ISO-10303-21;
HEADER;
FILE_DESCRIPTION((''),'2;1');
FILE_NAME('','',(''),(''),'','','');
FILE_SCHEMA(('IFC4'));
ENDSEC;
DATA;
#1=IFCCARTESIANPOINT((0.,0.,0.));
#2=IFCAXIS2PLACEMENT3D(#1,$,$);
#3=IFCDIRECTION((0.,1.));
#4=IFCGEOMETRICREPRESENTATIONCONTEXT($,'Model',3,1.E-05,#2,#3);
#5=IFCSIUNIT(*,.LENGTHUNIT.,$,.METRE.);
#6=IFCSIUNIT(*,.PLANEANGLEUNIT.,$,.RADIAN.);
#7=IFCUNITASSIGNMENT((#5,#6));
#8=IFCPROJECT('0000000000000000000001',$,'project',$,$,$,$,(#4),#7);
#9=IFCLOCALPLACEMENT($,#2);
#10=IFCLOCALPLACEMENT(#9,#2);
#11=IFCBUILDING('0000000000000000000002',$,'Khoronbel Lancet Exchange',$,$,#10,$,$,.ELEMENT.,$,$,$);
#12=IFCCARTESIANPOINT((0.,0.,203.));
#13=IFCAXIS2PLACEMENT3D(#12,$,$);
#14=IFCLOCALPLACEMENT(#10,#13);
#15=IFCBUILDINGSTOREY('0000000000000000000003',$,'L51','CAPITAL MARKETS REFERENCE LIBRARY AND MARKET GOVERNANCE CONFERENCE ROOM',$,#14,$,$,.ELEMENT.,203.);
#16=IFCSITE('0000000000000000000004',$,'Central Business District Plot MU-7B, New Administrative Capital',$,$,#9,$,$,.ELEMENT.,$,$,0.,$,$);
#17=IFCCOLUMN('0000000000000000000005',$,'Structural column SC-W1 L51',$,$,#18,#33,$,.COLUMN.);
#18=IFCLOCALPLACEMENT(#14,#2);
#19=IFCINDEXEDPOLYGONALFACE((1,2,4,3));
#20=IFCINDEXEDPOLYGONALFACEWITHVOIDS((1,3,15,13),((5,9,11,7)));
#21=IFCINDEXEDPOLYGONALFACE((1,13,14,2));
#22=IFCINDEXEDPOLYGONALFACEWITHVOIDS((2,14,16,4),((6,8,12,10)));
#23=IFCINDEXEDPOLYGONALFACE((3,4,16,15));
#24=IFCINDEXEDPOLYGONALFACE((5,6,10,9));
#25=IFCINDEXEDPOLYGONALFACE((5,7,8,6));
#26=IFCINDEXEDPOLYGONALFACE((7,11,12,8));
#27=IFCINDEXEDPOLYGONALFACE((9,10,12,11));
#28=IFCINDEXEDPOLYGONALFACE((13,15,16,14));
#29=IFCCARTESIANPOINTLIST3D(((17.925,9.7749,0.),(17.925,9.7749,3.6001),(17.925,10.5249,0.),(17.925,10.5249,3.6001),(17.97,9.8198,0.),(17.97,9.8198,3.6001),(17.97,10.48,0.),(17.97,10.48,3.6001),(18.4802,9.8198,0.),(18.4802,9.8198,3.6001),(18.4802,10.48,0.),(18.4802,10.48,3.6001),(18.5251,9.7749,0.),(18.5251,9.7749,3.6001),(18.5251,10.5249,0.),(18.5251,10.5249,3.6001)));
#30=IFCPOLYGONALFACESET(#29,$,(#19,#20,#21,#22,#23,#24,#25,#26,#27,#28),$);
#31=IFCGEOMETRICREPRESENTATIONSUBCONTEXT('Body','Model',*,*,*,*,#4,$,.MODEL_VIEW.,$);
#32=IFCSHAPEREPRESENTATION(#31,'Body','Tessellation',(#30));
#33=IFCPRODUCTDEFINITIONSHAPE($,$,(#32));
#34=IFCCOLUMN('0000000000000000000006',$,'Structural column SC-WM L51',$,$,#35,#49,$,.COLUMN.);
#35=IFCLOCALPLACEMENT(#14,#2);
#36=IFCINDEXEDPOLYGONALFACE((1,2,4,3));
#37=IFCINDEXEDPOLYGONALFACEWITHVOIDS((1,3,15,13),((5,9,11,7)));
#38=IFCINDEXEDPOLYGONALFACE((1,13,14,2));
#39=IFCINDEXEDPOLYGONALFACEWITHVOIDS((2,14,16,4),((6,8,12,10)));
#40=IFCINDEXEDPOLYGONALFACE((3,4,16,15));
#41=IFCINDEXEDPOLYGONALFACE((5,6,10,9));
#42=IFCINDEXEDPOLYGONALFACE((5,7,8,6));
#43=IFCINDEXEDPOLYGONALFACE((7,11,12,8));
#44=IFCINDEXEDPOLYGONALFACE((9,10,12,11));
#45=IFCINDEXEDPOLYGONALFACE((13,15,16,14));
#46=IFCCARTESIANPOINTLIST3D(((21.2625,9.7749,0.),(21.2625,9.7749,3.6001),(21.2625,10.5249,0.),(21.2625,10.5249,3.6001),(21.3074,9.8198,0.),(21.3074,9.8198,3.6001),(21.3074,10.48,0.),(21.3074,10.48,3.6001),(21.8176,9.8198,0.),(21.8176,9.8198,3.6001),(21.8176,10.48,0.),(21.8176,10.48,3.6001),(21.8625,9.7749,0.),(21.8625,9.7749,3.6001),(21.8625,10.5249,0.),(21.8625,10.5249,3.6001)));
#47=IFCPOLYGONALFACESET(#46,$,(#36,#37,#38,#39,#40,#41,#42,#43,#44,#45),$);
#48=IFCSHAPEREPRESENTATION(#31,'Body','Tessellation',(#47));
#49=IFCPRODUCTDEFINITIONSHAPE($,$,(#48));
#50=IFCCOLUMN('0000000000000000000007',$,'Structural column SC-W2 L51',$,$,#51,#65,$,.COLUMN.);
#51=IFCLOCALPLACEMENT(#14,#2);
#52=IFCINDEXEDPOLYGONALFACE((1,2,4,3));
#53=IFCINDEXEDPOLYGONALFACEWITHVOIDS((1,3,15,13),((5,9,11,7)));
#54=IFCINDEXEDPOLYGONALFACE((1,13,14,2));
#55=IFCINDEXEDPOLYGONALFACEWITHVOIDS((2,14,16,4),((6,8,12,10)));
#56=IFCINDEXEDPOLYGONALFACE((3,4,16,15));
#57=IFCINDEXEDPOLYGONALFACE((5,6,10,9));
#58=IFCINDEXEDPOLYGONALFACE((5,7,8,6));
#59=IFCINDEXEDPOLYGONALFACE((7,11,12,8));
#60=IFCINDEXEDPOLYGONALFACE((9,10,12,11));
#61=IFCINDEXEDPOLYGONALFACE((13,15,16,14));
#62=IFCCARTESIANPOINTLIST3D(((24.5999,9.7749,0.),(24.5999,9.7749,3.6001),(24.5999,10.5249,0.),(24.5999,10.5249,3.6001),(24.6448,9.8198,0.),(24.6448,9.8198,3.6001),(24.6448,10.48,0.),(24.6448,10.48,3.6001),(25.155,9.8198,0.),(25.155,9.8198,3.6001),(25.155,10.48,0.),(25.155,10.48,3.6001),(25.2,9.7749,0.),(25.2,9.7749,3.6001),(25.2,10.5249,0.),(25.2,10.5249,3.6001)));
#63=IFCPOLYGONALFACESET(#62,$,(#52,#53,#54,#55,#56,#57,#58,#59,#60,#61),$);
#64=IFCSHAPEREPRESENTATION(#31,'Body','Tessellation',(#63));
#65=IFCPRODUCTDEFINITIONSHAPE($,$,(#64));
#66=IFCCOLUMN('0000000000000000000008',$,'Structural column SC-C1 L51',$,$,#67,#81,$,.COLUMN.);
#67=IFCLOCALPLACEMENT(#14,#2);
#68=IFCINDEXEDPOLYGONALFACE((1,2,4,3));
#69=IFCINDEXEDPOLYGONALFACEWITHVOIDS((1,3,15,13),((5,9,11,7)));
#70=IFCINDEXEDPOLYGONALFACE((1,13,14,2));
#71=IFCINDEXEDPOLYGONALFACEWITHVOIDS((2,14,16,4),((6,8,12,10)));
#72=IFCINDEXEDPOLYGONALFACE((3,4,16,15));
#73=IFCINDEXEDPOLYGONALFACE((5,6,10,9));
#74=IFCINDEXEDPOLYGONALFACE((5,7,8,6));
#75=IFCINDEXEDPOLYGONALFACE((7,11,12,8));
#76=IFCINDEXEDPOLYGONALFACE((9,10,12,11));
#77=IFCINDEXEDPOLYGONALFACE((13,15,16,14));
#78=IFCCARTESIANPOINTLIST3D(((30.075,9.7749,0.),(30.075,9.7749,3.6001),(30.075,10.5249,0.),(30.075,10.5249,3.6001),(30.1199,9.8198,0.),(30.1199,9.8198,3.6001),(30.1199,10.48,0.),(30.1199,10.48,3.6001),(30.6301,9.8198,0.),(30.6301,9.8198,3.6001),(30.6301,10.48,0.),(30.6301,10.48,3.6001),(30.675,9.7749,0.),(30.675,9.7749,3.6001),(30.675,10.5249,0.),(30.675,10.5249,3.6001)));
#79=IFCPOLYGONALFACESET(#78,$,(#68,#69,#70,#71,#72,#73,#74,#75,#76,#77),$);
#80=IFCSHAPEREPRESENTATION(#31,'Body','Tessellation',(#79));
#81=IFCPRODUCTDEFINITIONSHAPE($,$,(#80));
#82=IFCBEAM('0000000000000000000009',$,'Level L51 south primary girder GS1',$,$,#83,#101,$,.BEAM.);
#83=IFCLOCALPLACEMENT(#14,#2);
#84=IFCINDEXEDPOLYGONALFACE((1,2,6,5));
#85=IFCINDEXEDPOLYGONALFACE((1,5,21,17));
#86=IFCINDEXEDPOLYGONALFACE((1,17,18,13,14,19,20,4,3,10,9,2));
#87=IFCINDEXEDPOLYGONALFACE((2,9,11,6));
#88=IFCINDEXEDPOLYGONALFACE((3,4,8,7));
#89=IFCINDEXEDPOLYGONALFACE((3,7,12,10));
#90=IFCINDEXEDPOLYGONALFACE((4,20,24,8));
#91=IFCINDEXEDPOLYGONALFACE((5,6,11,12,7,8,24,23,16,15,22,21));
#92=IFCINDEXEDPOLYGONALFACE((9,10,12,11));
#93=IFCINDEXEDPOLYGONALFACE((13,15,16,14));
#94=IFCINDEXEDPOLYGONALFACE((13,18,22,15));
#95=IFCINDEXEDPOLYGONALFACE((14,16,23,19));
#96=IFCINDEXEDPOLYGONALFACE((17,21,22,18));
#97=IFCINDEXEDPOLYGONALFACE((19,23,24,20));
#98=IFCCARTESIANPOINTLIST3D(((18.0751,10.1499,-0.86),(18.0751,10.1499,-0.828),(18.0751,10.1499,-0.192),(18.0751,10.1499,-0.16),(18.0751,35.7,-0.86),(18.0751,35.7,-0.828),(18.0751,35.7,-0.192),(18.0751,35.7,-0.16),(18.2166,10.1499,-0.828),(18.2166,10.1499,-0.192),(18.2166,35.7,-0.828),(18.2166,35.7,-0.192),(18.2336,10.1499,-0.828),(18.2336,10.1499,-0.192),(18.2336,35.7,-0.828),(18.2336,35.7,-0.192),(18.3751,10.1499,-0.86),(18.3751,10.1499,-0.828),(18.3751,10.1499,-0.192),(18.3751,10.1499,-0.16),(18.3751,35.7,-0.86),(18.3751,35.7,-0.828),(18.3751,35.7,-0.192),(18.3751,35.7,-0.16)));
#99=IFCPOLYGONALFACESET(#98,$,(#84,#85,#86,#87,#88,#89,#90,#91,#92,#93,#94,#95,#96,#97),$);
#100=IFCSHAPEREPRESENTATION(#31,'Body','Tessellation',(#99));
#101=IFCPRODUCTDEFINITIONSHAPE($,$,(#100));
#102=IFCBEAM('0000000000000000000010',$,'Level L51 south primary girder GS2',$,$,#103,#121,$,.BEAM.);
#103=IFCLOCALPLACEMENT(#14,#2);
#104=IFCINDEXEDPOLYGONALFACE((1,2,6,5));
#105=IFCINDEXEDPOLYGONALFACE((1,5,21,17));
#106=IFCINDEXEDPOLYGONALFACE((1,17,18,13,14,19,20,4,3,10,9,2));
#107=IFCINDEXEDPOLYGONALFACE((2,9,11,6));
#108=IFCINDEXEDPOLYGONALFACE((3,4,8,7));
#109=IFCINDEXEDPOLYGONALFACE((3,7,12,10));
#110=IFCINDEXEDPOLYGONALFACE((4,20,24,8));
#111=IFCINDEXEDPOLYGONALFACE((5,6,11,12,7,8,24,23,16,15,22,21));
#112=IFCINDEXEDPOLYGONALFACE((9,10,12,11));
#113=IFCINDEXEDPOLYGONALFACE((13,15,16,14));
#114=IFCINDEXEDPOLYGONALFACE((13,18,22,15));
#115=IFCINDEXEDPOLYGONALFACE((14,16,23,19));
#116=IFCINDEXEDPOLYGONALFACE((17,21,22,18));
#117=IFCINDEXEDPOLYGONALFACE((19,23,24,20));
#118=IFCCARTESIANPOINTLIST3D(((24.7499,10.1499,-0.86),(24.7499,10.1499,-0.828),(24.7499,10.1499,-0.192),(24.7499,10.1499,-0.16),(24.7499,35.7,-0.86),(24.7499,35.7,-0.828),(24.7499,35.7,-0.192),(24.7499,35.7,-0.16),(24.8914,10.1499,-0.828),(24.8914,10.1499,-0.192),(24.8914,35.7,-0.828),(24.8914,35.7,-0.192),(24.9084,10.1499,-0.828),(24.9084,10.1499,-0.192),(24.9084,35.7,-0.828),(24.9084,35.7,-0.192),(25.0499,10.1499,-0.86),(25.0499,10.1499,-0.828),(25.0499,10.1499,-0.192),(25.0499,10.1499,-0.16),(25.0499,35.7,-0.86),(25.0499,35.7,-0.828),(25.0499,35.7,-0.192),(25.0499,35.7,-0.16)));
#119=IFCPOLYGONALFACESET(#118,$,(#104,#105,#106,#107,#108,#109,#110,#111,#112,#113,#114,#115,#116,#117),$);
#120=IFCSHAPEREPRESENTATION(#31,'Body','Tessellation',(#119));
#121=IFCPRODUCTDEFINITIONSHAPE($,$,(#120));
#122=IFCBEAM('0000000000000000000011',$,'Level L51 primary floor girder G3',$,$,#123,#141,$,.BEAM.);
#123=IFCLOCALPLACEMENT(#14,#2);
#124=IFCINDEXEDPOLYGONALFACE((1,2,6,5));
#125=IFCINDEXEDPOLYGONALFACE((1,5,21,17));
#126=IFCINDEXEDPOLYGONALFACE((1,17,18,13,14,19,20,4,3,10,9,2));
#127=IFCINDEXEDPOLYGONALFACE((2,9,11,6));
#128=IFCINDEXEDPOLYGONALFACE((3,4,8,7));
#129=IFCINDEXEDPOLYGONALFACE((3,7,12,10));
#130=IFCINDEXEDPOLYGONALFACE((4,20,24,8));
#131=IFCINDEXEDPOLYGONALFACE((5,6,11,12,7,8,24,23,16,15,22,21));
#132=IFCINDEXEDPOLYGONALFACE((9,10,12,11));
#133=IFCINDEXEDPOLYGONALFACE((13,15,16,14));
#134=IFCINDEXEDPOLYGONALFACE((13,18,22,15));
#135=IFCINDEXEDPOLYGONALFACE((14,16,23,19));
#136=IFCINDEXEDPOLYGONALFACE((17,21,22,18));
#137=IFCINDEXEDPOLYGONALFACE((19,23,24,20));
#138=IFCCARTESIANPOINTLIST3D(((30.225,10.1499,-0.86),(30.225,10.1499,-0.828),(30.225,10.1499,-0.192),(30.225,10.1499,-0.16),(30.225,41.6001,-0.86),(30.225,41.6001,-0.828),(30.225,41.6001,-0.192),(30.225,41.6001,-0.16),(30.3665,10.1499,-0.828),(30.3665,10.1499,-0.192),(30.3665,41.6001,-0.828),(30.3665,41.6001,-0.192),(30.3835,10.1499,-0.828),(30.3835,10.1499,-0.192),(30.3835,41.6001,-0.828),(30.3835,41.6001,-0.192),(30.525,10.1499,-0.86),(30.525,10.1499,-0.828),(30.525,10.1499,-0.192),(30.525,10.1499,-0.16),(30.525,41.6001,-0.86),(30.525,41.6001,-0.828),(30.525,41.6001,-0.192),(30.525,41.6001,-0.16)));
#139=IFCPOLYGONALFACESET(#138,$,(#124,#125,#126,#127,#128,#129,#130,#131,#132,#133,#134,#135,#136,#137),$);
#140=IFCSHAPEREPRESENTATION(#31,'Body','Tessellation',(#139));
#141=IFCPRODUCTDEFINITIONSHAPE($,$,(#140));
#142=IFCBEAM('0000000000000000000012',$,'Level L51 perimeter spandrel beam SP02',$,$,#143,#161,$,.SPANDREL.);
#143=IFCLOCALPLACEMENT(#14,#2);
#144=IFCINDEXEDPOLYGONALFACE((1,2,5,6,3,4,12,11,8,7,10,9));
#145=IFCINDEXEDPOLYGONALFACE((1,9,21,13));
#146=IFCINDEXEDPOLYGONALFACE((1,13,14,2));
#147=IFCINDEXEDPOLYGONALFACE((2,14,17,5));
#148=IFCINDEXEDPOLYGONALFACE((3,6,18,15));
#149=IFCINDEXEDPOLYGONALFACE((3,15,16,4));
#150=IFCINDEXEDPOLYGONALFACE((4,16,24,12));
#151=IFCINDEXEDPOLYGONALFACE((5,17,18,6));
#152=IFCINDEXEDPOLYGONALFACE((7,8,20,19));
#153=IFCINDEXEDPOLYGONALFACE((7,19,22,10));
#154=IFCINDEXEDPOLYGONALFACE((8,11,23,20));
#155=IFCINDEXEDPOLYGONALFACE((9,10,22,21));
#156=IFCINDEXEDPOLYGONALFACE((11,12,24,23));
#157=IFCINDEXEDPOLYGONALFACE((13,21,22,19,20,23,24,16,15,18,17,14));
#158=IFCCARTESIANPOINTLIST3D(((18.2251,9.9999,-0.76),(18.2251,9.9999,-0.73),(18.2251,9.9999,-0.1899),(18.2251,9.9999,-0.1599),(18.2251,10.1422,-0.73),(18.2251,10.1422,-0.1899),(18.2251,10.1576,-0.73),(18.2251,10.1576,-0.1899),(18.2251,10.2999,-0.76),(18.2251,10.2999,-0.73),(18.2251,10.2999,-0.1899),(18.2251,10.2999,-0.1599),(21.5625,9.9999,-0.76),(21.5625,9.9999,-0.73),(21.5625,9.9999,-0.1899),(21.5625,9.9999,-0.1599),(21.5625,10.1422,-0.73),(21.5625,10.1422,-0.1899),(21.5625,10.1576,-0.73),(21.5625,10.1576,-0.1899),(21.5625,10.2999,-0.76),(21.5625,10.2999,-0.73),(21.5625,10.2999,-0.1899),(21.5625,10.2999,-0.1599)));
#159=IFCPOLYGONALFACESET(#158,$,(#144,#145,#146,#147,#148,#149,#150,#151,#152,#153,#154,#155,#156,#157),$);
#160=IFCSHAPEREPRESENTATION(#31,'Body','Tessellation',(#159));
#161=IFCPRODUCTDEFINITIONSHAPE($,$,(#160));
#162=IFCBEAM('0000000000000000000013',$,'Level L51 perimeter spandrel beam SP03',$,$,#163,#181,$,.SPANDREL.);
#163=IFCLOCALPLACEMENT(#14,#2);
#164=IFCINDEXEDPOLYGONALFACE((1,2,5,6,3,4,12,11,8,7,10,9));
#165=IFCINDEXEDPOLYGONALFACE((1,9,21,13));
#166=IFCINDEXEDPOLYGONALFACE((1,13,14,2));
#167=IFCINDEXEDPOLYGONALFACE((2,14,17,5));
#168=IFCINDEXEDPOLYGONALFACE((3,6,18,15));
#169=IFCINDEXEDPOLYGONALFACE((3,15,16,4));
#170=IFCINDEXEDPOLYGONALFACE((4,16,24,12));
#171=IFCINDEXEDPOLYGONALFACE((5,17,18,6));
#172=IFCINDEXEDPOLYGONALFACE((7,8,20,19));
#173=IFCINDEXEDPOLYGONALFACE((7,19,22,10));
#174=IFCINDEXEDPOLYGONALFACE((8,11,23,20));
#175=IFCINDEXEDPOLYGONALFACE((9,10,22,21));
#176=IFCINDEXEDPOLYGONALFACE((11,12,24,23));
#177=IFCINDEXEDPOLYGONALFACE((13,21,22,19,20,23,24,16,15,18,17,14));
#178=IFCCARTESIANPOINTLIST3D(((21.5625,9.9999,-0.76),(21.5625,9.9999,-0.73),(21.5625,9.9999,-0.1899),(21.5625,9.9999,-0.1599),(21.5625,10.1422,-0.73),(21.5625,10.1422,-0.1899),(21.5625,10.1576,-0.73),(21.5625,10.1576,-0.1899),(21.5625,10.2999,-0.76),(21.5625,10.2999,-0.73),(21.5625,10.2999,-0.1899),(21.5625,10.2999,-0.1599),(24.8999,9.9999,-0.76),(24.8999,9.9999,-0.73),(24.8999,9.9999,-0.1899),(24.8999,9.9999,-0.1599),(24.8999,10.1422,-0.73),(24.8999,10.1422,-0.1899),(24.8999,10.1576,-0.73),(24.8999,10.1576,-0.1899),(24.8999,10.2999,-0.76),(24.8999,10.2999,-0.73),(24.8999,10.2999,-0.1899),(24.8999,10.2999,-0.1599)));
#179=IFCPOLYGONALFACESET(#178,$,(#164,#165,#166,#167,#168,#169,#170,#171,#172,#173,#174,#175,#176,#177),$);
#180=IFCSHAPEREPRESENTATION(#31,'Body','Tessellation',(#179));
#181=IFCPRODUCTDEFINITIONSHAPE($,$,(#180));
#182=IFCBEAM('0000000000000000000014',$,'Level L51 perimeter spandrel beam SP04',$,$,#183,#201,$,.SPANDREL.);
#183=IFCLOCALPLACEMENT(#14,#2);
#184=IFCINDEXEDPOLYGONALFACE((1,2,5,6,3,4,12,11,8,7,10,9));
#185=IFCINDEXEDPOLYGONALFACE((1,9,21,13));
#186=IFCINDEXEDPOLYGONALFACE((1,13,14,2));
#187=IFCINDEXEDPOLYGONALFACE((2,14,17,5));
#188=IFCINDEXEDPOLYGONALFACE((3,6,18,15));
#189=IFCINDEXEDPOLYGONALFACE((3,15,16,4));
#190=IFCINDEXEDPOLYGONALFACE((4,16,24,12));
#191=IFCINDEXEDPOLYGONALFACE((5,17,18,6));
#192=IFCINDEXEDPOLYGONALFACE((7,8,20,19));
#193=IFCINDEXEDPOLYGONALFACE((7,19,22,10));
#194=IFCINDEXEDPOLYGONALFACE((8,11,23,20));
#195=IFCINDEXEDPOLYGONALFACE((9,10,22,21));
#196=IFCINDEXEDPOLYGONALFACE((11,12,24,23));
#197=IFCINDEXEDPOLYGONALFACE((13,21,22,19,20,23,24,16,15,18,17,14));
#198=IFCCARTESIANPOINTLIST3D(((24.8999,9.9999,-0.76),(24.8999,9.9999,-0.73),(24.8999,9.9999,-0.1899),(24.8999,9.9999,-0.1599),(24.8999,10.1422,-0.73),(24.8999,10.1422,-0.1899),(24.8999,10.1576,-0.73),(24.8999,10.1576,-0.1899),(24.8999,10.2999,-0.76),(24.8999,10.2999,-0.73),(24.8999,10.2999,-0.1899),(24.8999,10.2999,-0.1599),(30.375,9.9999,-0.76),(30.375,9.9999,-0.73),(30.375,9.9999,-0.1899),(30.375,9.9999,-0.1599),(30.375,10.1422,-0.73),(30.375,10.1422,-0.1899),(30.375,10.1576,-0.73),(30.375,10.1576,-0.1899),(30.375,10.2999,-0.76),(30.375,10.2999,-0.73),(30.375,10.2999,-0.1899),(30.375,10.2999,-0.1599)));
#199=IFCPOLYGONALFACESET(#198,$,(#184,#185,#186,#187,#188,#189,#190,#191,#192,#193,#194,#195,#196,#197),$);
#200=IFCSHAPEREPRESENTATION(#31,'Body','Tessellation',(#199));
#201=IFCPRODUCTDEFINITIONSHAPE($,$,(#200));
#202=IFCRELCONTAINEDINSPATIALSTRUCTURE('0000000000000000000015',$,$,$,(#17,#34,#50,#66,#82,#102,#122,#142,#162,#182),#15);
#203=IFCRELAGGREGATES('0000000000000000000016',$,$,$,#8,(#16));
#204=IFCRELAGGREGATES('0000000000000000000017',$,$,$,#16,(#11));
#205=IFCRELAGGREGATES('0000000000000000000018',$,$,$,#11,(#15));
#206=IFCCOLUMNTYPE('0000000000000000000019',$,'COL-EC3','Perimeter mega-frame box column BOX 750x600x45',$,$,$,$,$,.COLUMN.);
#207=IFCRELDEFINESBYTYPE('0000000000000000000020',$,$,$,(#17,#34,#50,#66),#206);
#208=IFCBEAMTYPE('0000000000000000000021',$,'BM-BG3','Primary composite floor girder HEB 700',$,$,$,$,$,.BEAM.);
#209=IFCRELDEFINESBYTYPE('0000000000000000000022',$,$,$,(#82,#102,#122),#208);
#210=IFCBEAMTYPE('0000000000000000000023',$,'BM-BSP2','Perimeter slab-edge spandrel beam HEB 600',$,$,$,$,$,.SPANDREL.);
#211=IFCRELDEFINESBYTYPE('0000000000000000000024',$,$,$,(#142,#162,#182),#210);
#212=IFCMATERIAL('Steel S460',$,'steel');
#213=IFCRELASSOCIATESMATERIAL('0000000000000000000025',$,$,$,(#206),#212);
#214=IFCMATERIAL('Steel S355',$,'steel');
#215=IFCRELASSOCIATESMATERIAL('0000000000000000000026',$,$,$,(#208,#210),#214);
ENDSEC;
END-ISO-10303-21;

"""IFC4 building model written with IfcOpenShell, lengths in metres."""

from ifc_helpers import new_model, si_unit, direction, frame, origin, origin_2d, place, context, subcontext, project, spatial, hollow_rectangle, i_section, extrude, material, material_profile, profile_set, type_object, element, save


model = new_model("IFC4")

# Units and contexts
model_context = context("Model", 3, precision=1e-05, world=origin(), true_north=direction((0.0, 1.0)))
body_context = subcontext(model_context, "Body", "Model", "MODEL_VIEW")
ifc_project = project(units=[si_unit("LENGTHUNIT", "METRE"), si_unit("PLANEANGLEUNIT", "RADIAN")], contexts=[model_context])

# Site, building, storey
site_placement = place(None, origin())
site = spatial("IfcSite", under=ifc_project, at=site_placement, Name="Central Business District Plot MU-7B, New Administrative Capital", CompositionType="ELEMENT", RefElevation=0.0)
building_placement = place(site_placement, origin())
building = spatial("IfcBuilding", under=site, at=building_placement, Name="Khoronbel Lancet Exchange", CompositionType="ELEMENT")
storey_placement = place(building_placement, frame((0.0, 0.0, 203.0)))
storey = spatial("IfcBuildingStorey", under=building, at=storey_placement, Name="L51", Description="CAPITAL MARKETS REFERENCE LIBRARY AND MARKET GOVERNANCE CONFERENCE ROOM", CompositionType="ELEMENT", Elevation=203.0)

# Columns
ifc_material_1 = material(Name="Steel S460", Category="steel")
ifc_material_profile_1 = material_profile(ifc_material_1, hollow_rectangle(XDim=0.6001, YDim=0.75, WallThickness=0.0449, at=origin_2d()), Name="BOX 750x600x45")
ifc_profile_set_1 = profile_set([ifc_material_profile_1], Name="Steel S460")
column_type = type_object("IfcColumnType", Name="COL-EC3", Description="Perimeter mega-frame box column BOX 750x600x45", PredefinedType="COLUMN", material=ifc_profile_set_1)
for number, where, z_axis, x_axis, name in (
    (1, (18.2251, 10.1499, 0.0), (0.0, 0.0, 1.0), (1.0, 0.0, 0.0), "Structural column SC-W1 L51"),
    (2, (21.5625, 10.1499, 0.0), (0.0, 0.0, 1.0), (1.0, 0.0, 0.0), "Structural column SC-WM L51"),
    (3, (24.8999, 10.1499, 0.0), (0.0, 0.0, 1.0), (1.0, 0.0, 0.0), "Structural column SC-W2 L51"),
    (4, (30.375, 10.1499, 0.0), (0.0, 0.0, 1.0), (1.0, 0.0, 0.0), "Structural column SC-C1 L51"),
):
    element("IfcColumn", number, at=place(storey_placement, frame(where, z_axis=z_axis, x_axis=x_axis)), inside=storey, type_object=column_type, Name=name, PredefinedType="COLUMN", context=body_context, shape_type="SweptSolid", body=[
        extrude(hollow_rectangle(XDim=0.6001, YDim=0.75, WallThickness=0.0449, at=origin_2d()), origin(), (0.0, 0.0, 1.0), 3.6001),
    ])

# Beams
ifc_material_2 = material(Name="Steel S355", Category="steel")
ifc_material_profile_2 = material_profile(ifc_material_2, i_section(OverallWidth=0.3, OverallDepth=0.7, WebThickness=0.0171, FlangeThickness=0.032, at=origin_2d()), Name="HEB 700")
ifc_profile_set_2 = profile_set([ifc_material_profile_2], Name="Steel S355")
beam_type_1 = type_object("IfcBeamType", Name="BM-BG3", Description="Primary composite floor girder HEB 700", PredefinedType="BEAM", material=ifc_profile_set_2)
for number, where, z_axis, x_axis, name in (
    (5, (18.2251, 10.1499, -0.51), (0.0, 1.0, 0.0), (-1.0, 0.0, 0.0), "Level L51 south primary girder GS1"),
    (6, (24.8999, 10.1499, -0.51), (0.0, 1.0, 0.0), (-1.0, 0.0, 0.0), "Level L51 south primary girder GS2"),
):
    element("IfcBeam", number, at=place(storey_placement, frame(where, z_axis=z_axis, x_axis=x_axis)), inside=storey, type_object=beam_type_1, Name=name, PredefinedType="BEAM", context=body_context, shape_type="SweptSolid", body=[
        extrude(i_section(OverallWidth=0.3, OverallDepth=0.7, WebThickness=0.0171, FlangeThickness=0.032, at=origin_2d()), origin(), (0.0, 0.0, 1.0), 25.55),
    ])
beam_1_placement = place(storey_placement, frame((30.375, 10.1499, -0.51), z_axis=(0.0, 1.0, 0.0), x_axis=(-1.0, 0.0, 0.0)))
element("IfcBeam", 7, at=beam_1_placement, inside=storey, type_object=beam_type_1, Name="Level L51 primary floor girder G3", PredefinedType="BEAM", context=body_context, shape_type="SweptSolid", body=[
    extrude(i_section(OverallWidth=0.3, OverallDepth=0.7, WebThickness=0.0171, FlangeThickness=0.032, at=origin_2d()), origin(), (0.0, 0.0, 1.0), 31.4502),
])
ifc_material_profile_3 = material_profile(ifc_material_2, i_section(OverallWidth=0.3, OverallDepth=0.6001, WebThickness=0.0154, FlangeThickness=0.03, at=origin_2d()), Name="HEB 600")
ifc_profile_set_3 = profile_set([ifc_material_profile_3], Name="Steel S355")
beam_type_2 = type_object("IfcBeamType", Name="BM-BSP2", Description="Perimeter slab-edge spandrel beam HEB 600", PredefinedType="SPANDREL", material=ifc_profile_set_3)
for number, where, z_axis, x_axis, name in (
    (8, (18.2251, 10.1499, -0.46), (1.0, 0.0, 0.0), (0.0, 1.0, 0.0), "Level L51 perimeter spandrel beam SP02"),
    (9, (21.5625, 10.1499, -0.46), (1.0, 0.0, 0.0), (0.0, 1.0, 0.0), "Level L51 perimeter spandrel beam SP03"),
):
    element("IfcBeam", number, at=place(storey_placement, frame(where, z_axis=z_axis, x_axis=x_axis)), inside=storey, type_object=beam_type_2, Name=name, PredefinedType="SPANDREL", context=body_context, shape_type="SweptSolid", body=[
        extrude(i_section(OverallWidth=0.3, OverallDepth=0.6001, WebThickness=0.0154, FlangeThickness=0.03, at=origin_2d()), origin(), (0.0, 0.0, 1.0), 3.3374),
    ])
beam_2_placement = place(storey_placement, frame((24.8999, 10.1499, -0.46), z_axis=(1.0, 0.0, 0.0), x_axis=(0.0, 1.0, 0.0)))
element("IfcBeam", 10, at=beam_2_placement, inside=storey, type_object=beam_type_2, Name="Level L51 perimeter spandrel beam SP04", PredefinedType="SPANDREL", context=body_context, shape_type="SweptSolid", body=[
    extrude(i_section(OverallWidth=0.3, OverallDepth=0.6001, WebThickness=0.0154, FlangeThickness=0.03, at=origin_2d()), origin(), (0.0, 0.0, 1.0), 5.4751),
])

save(model, "model.ifc")
